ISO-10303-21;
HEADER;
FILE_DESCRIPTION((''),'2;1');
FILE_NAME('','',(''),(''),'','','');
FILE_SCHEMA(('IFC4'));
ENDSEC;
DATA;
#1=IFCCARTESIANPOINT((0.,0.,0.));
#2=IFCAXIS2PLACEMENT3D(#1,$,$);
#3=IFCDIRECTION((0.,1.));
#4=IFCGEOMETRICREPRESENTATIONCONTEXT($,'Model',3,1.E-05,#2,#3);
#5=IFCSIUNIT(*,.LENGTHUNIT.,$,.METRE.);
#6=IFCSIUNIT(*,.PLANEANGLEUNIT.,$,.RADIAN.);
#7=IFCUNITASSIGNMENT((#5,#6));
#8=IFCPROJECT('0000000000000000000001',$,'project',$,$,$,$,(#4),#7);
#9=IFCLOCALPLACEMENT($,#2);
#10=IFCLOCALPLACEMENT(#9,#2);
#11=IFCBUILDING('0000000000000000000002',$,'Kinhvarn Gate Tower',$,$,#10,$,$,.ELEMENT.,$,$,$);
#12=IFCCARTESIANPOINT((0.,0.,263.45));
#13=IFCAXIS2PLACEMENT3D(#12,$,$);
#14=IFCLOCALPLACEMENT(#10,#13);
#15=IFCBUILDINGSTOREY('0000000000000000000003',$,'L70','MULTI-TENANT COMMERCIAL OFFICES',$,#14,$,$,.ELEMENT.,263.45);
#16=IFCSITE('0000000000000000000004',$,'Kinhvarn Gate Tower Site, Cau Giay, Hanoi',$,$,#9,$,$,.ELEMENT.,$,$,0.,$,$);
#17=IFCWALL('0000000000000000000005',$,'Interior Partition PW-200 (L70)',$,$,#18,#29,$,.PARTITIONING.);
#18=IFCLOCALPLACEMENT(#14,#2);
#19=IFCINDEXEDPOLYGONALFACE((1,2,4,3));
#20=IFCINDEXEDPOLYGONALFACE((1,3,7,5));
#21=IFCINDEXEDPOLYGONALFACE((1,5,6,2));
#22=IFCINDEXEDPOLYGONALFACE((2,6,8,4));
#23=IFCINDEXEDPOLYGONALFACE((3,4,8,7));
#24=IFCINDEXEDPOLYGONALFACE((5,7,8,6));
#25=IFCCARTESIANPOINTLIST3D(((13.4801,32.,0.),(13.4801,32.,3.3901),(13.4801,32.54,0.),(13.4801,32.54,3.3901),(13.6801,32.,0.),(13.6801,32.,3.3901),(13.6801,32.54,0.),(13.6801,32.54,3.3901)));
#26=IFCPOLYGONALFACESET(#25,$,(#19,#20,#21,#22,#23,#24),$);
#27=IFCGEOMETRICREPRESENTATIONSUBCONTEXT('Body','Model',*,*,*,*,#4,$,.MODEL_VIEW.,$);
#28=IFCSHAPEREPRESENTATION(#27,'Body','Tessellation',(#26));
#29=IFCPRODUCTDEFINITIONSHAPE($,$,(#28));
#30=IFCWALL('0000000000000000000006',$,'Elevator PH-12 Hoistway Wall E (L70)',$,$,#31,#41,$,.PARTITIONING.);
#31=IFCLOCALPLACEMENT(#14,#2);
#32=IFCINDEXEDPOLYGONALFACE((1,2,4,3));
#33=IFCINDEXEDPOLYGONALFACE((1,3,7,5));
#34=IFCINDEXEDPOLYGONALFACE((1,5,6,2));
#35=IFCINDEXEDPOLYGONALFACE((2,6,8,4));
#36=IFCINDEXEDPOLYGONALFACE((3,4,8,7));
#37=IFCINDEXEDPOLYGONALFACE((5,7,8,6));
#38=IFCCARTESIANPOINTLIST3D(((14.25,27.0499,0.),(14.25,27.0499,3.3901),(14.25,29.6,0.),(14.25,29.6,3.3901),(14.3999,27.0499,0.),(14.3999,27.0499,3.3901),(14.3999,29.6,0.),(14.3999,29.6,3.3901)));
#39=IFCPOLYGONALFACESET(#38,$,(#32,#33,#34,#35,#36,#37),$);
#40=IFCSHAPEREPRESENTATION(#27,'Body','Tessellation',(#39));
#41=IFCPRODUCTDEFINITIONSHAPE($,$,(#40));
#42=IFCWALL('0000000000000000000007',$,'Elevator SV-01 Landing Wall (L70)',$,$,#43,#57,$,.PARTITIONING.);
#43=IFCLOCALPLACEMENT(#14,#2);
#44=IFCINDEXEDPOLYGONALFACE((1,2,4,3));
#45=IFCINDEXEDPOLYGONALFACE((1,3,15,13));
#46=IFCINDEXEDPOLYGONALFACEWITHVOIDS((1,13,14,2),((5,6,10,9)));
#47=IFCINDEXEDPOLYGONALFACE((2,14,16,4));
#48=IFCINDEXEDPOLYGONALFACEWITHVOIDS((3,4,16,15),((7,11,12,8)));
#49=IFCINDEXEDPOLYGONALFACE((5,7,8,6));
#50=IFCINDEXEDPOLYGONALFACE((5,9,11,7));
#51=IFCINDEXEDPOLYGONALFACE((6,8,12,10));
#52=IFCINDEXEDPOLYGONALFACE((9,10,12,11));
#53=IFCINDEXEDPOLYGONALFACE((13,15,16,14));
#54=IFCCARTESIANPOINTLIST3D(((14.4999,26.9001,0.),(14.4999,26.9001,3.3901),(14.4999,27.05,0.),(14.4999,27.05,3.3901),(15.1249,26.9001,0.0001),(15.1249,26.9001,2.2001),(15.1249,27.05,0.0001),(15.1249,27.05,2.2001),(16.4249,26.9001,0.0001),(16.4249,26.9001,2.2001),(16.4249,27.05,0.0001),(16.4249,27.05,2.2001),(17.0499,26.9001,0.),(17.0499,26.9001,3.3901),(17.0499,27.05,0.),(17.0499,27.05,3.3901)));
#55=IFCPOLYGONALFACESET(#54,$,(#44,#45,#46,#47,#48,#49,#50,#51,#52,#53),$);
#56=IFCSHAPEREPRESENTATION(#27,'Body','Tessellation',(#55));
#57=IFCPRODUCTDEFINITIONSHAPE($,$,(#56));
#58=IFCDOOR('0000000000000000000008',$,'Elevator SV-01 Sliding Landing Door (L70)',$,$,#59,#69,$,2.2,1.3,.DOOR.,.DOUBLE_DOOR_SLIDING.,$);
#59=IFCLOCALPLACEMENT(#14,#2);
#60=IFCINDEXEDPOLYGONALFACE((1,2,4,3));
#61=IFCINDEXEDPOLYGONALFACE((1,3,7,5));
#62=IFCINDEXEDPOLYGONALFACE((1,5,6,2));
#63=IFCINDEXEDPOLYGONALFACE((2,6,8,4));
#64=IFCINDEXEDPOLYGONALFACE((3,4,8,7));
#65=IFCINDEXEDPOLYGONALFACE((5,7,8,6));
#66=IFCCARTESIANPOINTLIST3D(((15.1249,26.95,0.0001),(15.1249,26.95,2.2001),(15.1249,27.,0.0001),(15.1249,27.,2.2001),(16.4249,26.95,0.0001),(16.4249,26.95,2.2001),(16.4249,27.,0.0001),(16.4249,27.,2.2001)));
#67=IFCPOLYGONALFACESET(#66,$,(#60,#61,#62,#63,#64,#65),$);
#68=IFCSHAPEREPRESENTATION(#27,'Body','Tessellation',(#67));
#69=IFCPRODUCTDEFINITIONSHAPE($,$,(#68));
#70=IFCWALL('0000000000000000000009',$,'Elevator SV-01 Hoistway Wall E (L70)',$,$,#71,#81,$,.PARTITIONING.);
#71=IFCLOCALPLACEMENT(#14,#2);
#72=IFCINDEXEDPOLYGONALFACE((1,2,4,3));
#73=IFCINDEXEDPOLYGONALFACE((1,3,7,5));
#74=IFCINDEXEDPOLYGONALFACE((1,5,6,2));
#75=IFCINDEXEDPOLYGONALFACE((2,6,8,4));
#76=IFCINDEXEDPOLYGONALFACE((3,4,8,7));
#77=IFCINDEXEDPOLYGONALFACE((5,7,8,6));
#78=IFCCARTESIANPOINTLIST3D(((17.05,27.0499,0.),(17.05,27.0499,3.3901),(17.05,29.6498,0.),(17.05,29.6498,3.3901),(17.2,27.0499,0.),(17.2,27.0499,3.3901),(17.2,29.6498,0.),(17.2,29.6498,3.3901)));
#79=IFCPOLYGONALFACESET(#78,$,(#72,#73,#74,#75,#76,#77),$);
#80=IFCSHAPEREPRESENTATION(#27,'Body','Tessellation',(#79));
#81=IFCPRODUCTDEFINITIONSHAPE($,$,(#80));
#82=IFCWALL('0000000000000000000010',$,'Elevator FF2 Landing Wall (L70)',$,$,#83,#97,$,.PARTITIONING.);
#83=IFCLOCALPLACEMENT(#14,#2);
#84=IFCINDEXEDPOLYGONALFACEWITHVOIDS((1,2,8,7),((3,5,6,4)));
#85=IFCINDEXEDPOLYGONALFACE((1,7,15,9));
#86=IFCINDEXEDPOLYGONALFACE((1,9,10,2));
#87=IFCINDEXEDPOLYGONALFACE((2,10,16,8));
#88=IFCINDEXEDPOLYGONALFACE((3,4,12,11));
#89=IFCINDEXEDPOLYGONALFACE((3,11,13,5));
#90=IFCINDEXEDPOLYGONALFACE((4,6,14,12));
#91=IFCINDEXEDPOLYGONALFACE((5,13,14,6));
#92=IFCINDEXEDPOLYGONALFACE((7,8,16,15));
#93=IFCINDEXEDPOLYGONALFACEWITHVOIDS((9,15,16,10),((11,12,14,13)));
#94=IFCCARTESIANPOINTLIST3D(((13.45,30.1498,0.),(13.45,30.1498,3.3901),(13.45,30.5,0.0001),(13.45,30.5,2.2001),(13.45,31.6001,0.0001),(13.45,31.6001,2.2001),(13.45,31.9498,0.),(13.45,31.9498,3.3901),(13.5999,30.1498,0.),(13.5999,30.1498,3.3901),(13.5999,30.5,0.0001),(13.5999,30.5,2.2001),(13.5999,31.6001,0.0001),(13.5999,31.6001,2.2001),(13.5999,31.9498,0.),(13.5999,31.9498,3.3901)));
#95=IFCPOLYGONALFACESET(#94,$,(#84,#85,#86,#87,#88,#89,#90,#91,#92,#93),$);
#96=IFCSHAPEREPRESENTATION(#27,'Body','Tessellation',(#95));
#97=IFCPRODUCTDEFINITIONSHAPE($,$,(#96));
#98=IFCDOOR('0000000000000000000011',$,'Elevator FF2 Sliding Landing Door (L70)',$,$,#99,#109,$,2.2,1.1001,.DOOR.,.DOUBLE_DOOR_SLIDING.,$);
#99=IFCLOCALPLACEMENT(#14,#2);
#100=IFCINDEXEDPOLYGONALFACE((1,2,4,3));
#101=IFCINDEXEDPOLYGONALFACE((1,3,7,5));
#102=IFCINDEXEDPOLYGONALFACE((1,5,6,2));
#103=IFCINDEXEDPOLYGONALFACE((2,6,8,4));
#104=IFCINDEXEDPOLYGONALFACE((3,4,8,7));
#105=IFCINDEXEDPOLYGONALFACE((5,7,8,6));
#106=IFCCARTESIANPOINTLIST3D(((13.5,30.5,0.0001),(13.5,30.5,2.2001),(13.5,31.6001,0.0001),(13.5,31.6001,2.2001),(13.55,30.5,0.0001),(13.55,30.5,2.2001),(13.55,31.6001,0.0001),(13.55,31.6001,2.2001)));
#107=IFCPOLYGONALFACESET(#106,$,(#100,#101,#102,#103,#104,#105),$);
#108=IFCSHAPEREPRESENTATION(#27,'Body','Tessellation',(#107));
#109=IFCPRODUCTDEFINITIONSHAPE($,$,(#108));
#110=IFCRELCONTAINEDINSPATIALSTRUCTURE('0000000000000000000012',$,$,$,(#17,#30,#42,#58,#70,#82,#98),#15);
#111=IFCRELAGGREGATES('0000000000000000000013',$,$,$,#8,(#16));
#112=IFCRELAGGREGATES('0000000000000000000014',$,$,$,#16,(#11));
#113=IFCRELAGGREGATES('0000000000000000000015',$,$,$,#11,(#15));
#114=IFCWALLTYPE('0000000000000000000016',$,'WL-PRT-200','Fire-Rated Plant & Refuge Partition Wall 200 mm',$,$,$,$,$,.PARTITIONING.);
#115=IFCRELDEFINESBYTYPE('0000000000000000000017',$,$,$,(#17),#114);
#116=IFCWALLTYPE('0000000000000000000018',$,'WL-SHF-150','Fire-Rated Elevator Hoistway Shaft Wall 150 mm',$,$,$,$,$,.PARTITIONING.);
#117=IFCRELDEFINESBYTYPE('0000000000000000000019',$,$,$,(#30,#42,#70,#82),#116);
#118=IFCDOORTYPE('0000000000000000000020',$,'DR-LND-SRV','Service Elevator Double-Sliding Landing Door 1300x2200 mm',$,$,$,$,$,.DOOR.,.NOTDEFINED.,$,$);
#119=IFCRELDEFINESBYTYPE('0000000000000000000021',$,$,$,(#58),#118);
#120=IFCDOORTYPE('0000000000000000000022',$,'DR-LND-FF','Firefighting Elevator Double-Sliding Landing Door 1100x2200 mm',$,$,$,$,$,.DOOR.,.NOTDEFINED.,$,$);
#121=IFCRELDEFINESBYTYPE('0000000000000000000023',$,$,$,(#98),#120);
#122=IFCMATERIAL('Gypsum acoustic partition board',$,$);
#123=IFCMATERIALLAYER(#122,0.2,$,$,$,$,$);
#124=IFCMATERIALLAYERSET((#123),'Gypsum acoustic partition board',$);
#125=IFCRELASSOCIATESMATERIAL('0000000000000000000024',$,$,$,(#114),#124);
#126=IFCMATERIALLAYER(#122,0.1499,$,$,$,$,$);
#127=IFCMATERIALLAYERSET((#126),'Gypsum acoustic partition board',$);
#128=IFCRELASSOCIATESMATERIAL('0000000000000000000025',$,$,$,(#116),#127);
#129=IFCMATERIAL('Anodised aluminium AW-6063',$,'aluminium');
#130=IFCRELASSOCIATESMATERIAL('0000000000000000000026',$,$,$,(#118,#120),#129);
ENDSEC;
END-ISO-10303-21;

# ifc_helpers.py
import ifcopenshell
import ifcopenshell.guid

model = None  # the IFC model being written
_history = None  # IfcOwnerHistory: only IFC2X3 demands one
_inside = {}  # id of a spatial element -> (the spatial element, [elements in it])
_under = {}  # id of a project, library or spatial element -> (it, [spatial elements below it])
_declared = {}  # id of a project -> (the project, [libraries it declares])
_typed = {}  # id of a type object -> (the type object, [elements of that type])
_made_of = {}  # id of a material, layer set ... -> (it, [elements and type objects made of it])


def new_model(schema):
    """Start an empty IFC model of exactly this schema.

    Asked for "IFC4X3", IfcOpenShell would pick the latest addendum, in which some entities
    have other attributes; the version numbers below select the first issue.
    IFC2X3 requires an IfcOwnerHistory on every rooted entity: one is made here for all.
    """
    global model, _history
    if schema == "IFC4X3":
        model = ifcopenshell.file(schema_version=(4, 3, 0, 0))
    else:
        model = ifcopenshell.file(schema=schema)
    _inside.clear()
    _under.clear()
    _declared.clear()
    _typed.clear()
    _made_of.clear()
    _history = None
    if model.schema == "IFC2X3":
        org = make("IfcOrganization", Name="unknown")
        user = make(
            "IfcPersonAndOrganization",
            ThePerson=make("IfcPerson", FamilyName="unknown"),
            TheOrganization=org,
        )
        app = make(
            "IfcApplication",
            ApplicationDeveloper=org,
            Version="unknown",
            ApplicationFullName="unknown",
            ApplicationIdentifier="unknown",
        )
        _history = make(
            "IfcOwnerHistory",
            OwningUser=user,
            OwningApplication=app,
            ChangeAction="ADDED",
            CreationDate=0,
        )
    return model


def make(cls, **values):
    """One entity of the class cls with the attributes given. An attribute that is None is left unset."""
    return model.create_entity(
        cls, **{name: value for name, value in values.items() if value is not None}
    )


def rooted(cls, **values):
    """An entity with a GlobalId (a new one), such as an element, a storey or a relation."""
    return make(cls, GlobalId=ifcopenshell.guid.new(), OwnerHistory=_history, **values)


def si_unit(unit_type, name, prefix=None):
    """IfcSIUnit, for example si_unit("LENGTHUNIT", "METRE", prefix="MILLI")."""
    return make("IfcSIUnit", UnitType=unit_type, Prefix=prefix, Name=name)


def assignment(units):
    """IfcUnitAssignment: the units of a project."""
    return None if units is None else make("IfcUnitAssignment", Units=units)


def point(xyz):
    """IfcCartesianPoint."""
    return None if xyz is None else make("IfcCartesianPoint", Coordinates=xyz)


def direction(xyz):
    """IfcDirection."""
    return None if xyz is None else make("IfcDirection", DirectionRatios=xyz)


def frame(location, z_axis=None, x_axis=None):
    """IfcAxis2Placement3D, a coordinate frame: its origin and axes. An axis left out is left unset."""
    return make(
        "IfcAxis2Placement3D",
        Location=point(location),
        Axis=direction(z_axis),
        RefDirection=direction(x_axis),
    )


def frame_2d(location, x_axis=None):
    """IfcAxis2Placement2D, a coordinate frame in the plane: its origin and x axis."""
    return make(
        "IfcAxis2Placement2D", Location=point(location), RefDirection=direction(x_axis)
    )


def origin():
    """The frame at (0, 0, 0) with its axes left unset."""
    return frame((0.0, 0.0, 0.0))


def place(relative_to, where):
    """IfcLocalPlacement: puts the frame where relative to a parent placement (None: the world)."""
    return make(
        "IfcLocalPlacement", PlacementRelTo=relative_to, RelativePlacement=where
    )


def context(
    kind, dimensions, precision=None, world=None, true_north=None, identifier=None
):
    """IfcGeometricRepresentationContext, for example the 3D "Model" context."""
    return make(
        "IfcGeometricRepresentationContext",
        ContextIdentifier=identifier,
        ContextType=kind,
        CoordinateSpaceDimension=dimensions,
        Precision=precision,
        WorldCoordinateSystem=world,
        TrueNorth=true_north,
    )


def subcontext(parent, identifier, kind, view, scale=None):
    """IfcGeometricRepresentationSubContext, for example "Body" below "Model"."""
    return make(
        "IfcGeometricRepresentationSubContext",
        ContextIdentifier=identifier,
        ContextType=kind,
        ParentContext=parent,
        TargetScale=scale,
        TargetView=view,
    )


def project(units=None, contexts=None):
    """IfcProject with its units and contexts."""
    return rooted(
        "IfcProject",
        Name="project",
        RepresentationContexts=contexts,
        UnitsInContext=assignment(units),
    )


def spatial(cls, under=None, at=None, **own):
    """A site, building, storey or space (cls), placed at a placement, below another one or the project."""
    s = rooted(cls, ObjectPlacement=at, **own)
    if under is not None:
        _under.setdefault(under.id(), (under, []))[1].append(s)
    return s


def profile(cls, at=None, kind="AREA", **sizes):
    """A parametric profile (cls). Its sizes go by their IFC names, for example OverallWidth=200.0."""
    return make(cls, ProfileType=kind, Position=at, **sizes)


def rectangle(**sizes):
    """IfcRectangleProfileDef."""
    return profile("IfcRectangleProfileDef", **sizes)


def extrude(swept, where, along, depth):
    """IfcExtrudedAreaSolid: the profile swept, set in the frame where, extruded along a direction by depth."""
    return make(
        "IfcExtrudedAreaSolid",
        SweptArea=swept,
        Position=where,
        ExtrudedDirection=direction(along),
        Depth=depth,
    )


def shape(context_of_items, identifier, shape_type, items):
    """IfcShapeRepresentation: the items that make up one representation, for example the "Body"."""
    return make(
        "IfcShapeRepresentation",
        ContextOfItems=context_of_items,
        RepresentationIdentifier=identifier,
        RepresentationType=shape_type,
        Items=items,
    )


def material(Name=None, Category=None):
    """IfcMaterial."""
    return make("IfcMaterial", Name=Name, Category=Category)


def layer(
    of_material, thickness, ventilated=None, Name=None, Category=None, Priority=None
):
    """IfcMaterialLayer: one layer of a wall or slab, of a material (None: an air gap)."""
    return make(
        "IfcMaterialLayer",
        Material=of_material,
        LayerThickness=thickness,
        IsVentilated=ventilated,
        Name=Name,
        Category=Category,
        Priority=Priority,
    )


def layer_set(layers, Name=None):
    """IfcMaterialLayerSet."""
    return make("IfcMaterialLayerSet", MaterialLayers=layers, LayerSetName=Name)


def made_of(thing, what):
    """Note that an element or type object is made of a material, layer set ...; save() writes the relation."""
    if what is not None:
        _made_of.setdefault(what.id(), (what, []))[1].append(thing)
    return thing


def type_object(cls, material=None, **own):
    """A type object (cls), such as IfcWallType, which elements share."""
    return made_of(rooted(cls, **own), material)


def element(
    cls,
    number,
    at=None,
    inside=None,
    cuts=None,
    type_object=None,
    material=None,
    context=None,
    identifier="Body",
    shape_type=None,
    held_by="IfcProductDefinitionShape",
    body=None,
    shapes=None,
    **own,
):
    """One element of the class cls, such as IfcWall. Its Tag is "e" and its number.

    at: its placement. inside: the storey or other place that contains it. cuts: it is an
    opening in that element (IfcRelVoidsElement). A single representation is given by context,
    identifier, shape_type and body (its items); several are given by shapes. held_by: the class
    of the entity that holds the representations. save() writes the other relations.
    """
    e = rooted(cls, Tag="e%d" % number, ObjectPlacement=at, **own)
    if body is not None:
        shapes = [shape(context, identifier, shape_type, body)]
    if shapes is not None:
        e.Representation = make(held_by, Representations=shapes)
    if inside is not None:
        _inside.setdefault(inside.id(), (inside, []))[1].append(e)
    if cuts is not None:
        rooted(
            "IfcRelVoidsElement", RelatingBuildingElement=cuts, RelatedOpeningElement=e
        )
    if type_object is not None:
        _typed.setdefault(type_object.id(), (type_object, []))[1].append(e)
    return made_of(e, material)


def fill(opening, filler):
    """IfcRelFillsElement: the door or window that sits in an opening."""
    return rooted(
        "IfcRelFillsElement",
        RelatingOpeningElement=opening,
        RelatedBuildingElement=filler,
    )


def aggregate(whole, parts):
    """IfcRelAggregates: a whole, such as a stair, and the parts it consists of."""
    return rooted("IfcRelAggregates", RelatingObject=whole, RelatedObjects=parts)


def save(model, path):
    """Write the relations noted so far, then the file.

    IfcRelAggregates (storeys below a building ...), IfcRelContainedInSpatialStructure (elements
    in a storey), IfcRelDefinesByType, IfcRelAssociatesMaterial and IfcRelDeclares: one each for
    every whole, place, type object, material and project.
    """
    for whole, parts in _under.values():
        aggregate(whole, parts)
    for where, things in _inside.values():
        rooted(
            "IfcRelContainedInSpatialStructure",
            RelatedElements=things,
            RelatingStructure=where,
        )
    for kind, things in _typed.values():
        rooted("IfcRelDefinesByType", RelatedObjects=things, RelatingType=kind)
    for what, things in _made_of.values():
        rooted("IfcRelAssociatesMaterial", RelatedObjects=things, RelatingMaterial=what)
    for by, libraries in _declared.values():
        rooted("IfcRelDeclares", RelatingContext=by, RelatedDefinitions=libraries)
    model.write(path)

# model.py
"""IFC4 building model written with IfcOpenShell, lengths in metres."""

from ifc_helpers import new_model, si_unit, direction, frame, frame_2d, origin, place, context, subcontext, project, spatial, rectangle, extrude, material, layer, layer_set, type_object, element, fill, save


model = new_model("IFC4")

# Units and contexts
model_context = context("Model", 3, precision=1e-05, world=origin(), true_north=direction((0.0, 1.0)))
body_context = subcontext(model_context, "Body", "Model", "MODEL_VIEW")
ifc_project = project(units=[si_unit("LENGTHUNIT", "METRE"), si_unit("PLANEANGLEUNIT", "RADIAN")], contexts=[model_context])

# Site, building, storey
site_placement = place(None, origin())
site = spatial("IfcSite", under=ifc_project, at=site_placement, Name="Kinhvarn Gate Tower Site, Cau Giay, Hanoi", CompositionType="ELEMENT", RefElevation=0.0)
building_placement = place(site_placement, origin())
building = spatial("IfcBuilding", under=site, at=building_placement, Name="Kinhvarn Gate Tower", CompositionType="ELEMENT")
storey_placement = place(building_placement, frame((0.0, 0.0, 263.45)))
storey = spatial("IfcBuildingStorey", under=building, at=storey_placement, Name="L70", Description="MULTI-TENANT COMMERCIAL OFFICES", CompositionType="ELEMENT", Elevation=263.45)

# Shared definitions
ifc_material_1 = material(Name="Anodised aluminium AW-6063", Category="aluminium")

# Shared definitions
ifc_material_2 = material(Name="Gypsum acoustic partition board")

# Walls
ifc_layer_1 = layer(ifc_material_2, 0.2)
ifc_layer_set_1 = layer_set([ifc_layer_1], Name="Gypsum acoustic partition board")
wall_type_1 = type_object("IfcWallType", Name="WL-PRT-200", Description="Fire-Rated Plant & Refuge Partition Wall 200 mm", PredefinedType="PARTITIONING", material=ifc_layer_set_1)
wall_1_placement = place(storey_placement, frame((13.5801, 32.0, 0.0), z_axis=(0.0, 0.0, 1.0), x_axis=(0.0, 1.0, 0.0)))
element("IfcWall", 1, at=wall_1_placement, inside=storey, type_object=wall_type_1, Name="Interior Partition PW-200 (L70)", PredefinedType="PARTITIONING", context=body_context, shape_type="SweptSolid", body=[
    extrude(rectangle(XDim=0.54, YDim=0.2, at=frame_2d((0.27, 0.0))), origin(), (0.0, 0.0, 1.0), 3.3901),
])
ifc_layer_2 = layer(ifc_material_2, 0.1499)
ifc_layer_set_2 = layer_set([ifc_layer_2], Name="Gypsum acoustic partition board")
wall_type_2 = type_object("IfcWallType", Name="WL-SHF-150", Description="Fire-Rated Elevator Hoistway Shaft Wall 150 mm", PredefinedType="PARTITIONING", material=ifc_layer_set_2)
wall_2_placement = place(storey_placement, frame((14.325, 27.05, 0.0), z_axis=(0.0, 0.0, 1.0), x_axis=(0.0, 1.0, 0.0)))
element("IfcWall", 2, at=wall_2_placement, inside=storey, type_object=wall_type_2, Name="Elevator PH-12 Hoistway Wall E (L70)", PredefinedType="PARTITIONING", context=body_context, shape_type="SweptSolid", body=[
    extrude(rectangle(XDim=2.55, YDim=0.1499, at=frame_2d((1.2749, 0.0))), origin(), (0.0, 0.0, 1.0), 3.3901),
])

# Wall, opening, door
wall_3_placement = place(storey_placement, frame((14.5, 26.9751, 0.0), z_axis=(0.0, 0.0, 1.0), x_axis=(1.0, 0.0, 0.0)))
wall_3 = element("IfcWall", 3, at=wall_3_placement, inside=storey, type_object=wall_type_2, Name="Elevator SV-01 Landing Wall (L70)", PredefinedType="PARTITIONING", context=body_context, shape_type="SweptSolid", body=[
    extrude(rectangle(XDim=2.55, YDim=0.1499, at=frame_2d((1.2749, 0.0))), origin(), (0.0, 0.0, 1.0), 3.3901),
])
opening_1_placement = place(wall_3_placement, frame((0.625, 0.0, 0.0)))
opening_1 = element("IfcOpeningElement", 4, at=opening_1_placement, cuts=wall_3, PredefinedType="OPENING", context=body_context, shape_type="SweptSolid", body=[
    extrude(rectangle(XDim=1.3, YDim=2.2, at=frame_2d((0.6499, 1.1001))), frame((0.0, 0.085, 0.0), z_axis=(0.0, -1.0, 0.0), x_axis=(1.0, 0.0, 0.0)), (0.0, 0.0, 1.0), 0.1699),
])
door_type_1 = type_object("IfcDoorType", Name="DR-LND-SRV", Description="Service Elevator Double-Sliding Landing Door 1300x2200 mm", OperationType="NOTDEFINED", PredefinedType="DOOR", material=ifc_material_1)
door_1_placement = place(opening_1_placement, origin())
door_1 = element("IfcDoor", 5, at=door_1_placement, inside=storey, type_object=door_type_1, Name="Elevator SV-01 Sliding Landing Door (L70)", OperationType="DOUBLE_DOOR_SLIDING", OverallHeight=2.2, OverallWidth=1.3, PredefinedType="DOOR", context=body_context, shape_type="SweptSolid", body=[
    extrude(rectangle(XDim=1.3, YDim=2.2, at=frame_2d((0.6499, 1.1001))), frame((0.0, 0.0249, 0.0), z_axis=(0.0, -1.0, 0.0), x_axis=(1.0, 0.0, 0.0)), (0.0, 0.0, 1.0), 0.05),
])
fill(opening_1, door_1)

# Wall
wall_4_placement = place(storey_placement, frame((17.125, 27.05, 0.0), z_axis=(0.0, 0.0, 1.0), x_axis=(0.0, 1.0, 0.0)))
element("IfcWall", 6, at=wall_4_placement, inside=storey, type_object=wall_type_2, Name="Elevator SV-01 Hoistway Wall E (L70)", PredefinedType="PARTITIONING", context=body_context, shape_type="SweptSolid", body=[
    extrude(rectangle(XDim=2.5999, YDim=0.1499, at=frame_2d((1.2998, 0.0))), origin(), (0.0, 0.0, 1.0), 3.3901),
])

# Wall, opening, door
wall_5_placement = place(storey_placement, frame((13.5249, 30.1499, 0.0), z_axis=(0.0, 0.0, 1.0), x_axis=(0.0, 1.0, 0.0)))
wall_5 = element("IfcWall", 7, at=wall_5_placement, inside=storey, type_object=wall_type_2, Name="Elevator FF2 Landing Wall (L70)", PredefinedType="PARTITIONING", context=body_context, shape_type="SweptSolid", body=[
    extrude(rectangle(XDim=1.8, YDim=0.1499, at=frame_2d((0.8999, 0.0))), origin(), (0.0, 0.0, 1.0), 3.3901),
])
opening_2_placement = place(wall_5_placement, frame((0.3501, 0.0, 0.0)))
opening_2 = element("IfcOpeningElement", 8, at=opening_2_placement, cuts=wall_5, PredefinedType="OPENING", context=body_context, shape_type="SweptSolid", body=[
    extrude(rectangle(XDim=1.1001, YDim=2.2, at=frame_2d((0.55, 1.1001))), frame((0.0, 0.085, 0.0), z_axis=(0.0, -1.0, 0.0), x_axis=(1.0, 0.0, 0.0)), (0.0, 0.0, 1.0), 0.1699),
])
door_type_2 = type_object("IfcDoorType", Name="DR-LND-FF", Description="Firefighting Elevator Double-Sliding Landing Door 1100x2200 mm", OperationType="NOTDEFINED", PredefinedType="DOOR", material=ifc_material_1)
door_2_placement = place(opening_2_placement, origin())
door_2 = element("IfcDoor", 9, at=door_2_placement, inside=storey, type_object=door_type_2, Name="Elevator FF2 Sliding Landing Door (L70)", OperationType="DOUBLE_DOOR_SLIDING", OverallHeight=2.2, OverallWidth=1.1001, PredefinedType="DOOR", context=body_context, shape_type="SweptSolid", body=[
    extrude(rectangle(XDim=1.1001, YDim=2.2, at=frame_2d((0.55, 1.1001))), frame((0.0, 0.0249, 0.0), z_axis=(0.0, -1.0, 0.0), x_axis=(1.0, 0.0, 0.0)), (0.0, 0.0, 1.0), 0.05),
])
fill(opening_2, door_2)

save(model, "model.ifc")
